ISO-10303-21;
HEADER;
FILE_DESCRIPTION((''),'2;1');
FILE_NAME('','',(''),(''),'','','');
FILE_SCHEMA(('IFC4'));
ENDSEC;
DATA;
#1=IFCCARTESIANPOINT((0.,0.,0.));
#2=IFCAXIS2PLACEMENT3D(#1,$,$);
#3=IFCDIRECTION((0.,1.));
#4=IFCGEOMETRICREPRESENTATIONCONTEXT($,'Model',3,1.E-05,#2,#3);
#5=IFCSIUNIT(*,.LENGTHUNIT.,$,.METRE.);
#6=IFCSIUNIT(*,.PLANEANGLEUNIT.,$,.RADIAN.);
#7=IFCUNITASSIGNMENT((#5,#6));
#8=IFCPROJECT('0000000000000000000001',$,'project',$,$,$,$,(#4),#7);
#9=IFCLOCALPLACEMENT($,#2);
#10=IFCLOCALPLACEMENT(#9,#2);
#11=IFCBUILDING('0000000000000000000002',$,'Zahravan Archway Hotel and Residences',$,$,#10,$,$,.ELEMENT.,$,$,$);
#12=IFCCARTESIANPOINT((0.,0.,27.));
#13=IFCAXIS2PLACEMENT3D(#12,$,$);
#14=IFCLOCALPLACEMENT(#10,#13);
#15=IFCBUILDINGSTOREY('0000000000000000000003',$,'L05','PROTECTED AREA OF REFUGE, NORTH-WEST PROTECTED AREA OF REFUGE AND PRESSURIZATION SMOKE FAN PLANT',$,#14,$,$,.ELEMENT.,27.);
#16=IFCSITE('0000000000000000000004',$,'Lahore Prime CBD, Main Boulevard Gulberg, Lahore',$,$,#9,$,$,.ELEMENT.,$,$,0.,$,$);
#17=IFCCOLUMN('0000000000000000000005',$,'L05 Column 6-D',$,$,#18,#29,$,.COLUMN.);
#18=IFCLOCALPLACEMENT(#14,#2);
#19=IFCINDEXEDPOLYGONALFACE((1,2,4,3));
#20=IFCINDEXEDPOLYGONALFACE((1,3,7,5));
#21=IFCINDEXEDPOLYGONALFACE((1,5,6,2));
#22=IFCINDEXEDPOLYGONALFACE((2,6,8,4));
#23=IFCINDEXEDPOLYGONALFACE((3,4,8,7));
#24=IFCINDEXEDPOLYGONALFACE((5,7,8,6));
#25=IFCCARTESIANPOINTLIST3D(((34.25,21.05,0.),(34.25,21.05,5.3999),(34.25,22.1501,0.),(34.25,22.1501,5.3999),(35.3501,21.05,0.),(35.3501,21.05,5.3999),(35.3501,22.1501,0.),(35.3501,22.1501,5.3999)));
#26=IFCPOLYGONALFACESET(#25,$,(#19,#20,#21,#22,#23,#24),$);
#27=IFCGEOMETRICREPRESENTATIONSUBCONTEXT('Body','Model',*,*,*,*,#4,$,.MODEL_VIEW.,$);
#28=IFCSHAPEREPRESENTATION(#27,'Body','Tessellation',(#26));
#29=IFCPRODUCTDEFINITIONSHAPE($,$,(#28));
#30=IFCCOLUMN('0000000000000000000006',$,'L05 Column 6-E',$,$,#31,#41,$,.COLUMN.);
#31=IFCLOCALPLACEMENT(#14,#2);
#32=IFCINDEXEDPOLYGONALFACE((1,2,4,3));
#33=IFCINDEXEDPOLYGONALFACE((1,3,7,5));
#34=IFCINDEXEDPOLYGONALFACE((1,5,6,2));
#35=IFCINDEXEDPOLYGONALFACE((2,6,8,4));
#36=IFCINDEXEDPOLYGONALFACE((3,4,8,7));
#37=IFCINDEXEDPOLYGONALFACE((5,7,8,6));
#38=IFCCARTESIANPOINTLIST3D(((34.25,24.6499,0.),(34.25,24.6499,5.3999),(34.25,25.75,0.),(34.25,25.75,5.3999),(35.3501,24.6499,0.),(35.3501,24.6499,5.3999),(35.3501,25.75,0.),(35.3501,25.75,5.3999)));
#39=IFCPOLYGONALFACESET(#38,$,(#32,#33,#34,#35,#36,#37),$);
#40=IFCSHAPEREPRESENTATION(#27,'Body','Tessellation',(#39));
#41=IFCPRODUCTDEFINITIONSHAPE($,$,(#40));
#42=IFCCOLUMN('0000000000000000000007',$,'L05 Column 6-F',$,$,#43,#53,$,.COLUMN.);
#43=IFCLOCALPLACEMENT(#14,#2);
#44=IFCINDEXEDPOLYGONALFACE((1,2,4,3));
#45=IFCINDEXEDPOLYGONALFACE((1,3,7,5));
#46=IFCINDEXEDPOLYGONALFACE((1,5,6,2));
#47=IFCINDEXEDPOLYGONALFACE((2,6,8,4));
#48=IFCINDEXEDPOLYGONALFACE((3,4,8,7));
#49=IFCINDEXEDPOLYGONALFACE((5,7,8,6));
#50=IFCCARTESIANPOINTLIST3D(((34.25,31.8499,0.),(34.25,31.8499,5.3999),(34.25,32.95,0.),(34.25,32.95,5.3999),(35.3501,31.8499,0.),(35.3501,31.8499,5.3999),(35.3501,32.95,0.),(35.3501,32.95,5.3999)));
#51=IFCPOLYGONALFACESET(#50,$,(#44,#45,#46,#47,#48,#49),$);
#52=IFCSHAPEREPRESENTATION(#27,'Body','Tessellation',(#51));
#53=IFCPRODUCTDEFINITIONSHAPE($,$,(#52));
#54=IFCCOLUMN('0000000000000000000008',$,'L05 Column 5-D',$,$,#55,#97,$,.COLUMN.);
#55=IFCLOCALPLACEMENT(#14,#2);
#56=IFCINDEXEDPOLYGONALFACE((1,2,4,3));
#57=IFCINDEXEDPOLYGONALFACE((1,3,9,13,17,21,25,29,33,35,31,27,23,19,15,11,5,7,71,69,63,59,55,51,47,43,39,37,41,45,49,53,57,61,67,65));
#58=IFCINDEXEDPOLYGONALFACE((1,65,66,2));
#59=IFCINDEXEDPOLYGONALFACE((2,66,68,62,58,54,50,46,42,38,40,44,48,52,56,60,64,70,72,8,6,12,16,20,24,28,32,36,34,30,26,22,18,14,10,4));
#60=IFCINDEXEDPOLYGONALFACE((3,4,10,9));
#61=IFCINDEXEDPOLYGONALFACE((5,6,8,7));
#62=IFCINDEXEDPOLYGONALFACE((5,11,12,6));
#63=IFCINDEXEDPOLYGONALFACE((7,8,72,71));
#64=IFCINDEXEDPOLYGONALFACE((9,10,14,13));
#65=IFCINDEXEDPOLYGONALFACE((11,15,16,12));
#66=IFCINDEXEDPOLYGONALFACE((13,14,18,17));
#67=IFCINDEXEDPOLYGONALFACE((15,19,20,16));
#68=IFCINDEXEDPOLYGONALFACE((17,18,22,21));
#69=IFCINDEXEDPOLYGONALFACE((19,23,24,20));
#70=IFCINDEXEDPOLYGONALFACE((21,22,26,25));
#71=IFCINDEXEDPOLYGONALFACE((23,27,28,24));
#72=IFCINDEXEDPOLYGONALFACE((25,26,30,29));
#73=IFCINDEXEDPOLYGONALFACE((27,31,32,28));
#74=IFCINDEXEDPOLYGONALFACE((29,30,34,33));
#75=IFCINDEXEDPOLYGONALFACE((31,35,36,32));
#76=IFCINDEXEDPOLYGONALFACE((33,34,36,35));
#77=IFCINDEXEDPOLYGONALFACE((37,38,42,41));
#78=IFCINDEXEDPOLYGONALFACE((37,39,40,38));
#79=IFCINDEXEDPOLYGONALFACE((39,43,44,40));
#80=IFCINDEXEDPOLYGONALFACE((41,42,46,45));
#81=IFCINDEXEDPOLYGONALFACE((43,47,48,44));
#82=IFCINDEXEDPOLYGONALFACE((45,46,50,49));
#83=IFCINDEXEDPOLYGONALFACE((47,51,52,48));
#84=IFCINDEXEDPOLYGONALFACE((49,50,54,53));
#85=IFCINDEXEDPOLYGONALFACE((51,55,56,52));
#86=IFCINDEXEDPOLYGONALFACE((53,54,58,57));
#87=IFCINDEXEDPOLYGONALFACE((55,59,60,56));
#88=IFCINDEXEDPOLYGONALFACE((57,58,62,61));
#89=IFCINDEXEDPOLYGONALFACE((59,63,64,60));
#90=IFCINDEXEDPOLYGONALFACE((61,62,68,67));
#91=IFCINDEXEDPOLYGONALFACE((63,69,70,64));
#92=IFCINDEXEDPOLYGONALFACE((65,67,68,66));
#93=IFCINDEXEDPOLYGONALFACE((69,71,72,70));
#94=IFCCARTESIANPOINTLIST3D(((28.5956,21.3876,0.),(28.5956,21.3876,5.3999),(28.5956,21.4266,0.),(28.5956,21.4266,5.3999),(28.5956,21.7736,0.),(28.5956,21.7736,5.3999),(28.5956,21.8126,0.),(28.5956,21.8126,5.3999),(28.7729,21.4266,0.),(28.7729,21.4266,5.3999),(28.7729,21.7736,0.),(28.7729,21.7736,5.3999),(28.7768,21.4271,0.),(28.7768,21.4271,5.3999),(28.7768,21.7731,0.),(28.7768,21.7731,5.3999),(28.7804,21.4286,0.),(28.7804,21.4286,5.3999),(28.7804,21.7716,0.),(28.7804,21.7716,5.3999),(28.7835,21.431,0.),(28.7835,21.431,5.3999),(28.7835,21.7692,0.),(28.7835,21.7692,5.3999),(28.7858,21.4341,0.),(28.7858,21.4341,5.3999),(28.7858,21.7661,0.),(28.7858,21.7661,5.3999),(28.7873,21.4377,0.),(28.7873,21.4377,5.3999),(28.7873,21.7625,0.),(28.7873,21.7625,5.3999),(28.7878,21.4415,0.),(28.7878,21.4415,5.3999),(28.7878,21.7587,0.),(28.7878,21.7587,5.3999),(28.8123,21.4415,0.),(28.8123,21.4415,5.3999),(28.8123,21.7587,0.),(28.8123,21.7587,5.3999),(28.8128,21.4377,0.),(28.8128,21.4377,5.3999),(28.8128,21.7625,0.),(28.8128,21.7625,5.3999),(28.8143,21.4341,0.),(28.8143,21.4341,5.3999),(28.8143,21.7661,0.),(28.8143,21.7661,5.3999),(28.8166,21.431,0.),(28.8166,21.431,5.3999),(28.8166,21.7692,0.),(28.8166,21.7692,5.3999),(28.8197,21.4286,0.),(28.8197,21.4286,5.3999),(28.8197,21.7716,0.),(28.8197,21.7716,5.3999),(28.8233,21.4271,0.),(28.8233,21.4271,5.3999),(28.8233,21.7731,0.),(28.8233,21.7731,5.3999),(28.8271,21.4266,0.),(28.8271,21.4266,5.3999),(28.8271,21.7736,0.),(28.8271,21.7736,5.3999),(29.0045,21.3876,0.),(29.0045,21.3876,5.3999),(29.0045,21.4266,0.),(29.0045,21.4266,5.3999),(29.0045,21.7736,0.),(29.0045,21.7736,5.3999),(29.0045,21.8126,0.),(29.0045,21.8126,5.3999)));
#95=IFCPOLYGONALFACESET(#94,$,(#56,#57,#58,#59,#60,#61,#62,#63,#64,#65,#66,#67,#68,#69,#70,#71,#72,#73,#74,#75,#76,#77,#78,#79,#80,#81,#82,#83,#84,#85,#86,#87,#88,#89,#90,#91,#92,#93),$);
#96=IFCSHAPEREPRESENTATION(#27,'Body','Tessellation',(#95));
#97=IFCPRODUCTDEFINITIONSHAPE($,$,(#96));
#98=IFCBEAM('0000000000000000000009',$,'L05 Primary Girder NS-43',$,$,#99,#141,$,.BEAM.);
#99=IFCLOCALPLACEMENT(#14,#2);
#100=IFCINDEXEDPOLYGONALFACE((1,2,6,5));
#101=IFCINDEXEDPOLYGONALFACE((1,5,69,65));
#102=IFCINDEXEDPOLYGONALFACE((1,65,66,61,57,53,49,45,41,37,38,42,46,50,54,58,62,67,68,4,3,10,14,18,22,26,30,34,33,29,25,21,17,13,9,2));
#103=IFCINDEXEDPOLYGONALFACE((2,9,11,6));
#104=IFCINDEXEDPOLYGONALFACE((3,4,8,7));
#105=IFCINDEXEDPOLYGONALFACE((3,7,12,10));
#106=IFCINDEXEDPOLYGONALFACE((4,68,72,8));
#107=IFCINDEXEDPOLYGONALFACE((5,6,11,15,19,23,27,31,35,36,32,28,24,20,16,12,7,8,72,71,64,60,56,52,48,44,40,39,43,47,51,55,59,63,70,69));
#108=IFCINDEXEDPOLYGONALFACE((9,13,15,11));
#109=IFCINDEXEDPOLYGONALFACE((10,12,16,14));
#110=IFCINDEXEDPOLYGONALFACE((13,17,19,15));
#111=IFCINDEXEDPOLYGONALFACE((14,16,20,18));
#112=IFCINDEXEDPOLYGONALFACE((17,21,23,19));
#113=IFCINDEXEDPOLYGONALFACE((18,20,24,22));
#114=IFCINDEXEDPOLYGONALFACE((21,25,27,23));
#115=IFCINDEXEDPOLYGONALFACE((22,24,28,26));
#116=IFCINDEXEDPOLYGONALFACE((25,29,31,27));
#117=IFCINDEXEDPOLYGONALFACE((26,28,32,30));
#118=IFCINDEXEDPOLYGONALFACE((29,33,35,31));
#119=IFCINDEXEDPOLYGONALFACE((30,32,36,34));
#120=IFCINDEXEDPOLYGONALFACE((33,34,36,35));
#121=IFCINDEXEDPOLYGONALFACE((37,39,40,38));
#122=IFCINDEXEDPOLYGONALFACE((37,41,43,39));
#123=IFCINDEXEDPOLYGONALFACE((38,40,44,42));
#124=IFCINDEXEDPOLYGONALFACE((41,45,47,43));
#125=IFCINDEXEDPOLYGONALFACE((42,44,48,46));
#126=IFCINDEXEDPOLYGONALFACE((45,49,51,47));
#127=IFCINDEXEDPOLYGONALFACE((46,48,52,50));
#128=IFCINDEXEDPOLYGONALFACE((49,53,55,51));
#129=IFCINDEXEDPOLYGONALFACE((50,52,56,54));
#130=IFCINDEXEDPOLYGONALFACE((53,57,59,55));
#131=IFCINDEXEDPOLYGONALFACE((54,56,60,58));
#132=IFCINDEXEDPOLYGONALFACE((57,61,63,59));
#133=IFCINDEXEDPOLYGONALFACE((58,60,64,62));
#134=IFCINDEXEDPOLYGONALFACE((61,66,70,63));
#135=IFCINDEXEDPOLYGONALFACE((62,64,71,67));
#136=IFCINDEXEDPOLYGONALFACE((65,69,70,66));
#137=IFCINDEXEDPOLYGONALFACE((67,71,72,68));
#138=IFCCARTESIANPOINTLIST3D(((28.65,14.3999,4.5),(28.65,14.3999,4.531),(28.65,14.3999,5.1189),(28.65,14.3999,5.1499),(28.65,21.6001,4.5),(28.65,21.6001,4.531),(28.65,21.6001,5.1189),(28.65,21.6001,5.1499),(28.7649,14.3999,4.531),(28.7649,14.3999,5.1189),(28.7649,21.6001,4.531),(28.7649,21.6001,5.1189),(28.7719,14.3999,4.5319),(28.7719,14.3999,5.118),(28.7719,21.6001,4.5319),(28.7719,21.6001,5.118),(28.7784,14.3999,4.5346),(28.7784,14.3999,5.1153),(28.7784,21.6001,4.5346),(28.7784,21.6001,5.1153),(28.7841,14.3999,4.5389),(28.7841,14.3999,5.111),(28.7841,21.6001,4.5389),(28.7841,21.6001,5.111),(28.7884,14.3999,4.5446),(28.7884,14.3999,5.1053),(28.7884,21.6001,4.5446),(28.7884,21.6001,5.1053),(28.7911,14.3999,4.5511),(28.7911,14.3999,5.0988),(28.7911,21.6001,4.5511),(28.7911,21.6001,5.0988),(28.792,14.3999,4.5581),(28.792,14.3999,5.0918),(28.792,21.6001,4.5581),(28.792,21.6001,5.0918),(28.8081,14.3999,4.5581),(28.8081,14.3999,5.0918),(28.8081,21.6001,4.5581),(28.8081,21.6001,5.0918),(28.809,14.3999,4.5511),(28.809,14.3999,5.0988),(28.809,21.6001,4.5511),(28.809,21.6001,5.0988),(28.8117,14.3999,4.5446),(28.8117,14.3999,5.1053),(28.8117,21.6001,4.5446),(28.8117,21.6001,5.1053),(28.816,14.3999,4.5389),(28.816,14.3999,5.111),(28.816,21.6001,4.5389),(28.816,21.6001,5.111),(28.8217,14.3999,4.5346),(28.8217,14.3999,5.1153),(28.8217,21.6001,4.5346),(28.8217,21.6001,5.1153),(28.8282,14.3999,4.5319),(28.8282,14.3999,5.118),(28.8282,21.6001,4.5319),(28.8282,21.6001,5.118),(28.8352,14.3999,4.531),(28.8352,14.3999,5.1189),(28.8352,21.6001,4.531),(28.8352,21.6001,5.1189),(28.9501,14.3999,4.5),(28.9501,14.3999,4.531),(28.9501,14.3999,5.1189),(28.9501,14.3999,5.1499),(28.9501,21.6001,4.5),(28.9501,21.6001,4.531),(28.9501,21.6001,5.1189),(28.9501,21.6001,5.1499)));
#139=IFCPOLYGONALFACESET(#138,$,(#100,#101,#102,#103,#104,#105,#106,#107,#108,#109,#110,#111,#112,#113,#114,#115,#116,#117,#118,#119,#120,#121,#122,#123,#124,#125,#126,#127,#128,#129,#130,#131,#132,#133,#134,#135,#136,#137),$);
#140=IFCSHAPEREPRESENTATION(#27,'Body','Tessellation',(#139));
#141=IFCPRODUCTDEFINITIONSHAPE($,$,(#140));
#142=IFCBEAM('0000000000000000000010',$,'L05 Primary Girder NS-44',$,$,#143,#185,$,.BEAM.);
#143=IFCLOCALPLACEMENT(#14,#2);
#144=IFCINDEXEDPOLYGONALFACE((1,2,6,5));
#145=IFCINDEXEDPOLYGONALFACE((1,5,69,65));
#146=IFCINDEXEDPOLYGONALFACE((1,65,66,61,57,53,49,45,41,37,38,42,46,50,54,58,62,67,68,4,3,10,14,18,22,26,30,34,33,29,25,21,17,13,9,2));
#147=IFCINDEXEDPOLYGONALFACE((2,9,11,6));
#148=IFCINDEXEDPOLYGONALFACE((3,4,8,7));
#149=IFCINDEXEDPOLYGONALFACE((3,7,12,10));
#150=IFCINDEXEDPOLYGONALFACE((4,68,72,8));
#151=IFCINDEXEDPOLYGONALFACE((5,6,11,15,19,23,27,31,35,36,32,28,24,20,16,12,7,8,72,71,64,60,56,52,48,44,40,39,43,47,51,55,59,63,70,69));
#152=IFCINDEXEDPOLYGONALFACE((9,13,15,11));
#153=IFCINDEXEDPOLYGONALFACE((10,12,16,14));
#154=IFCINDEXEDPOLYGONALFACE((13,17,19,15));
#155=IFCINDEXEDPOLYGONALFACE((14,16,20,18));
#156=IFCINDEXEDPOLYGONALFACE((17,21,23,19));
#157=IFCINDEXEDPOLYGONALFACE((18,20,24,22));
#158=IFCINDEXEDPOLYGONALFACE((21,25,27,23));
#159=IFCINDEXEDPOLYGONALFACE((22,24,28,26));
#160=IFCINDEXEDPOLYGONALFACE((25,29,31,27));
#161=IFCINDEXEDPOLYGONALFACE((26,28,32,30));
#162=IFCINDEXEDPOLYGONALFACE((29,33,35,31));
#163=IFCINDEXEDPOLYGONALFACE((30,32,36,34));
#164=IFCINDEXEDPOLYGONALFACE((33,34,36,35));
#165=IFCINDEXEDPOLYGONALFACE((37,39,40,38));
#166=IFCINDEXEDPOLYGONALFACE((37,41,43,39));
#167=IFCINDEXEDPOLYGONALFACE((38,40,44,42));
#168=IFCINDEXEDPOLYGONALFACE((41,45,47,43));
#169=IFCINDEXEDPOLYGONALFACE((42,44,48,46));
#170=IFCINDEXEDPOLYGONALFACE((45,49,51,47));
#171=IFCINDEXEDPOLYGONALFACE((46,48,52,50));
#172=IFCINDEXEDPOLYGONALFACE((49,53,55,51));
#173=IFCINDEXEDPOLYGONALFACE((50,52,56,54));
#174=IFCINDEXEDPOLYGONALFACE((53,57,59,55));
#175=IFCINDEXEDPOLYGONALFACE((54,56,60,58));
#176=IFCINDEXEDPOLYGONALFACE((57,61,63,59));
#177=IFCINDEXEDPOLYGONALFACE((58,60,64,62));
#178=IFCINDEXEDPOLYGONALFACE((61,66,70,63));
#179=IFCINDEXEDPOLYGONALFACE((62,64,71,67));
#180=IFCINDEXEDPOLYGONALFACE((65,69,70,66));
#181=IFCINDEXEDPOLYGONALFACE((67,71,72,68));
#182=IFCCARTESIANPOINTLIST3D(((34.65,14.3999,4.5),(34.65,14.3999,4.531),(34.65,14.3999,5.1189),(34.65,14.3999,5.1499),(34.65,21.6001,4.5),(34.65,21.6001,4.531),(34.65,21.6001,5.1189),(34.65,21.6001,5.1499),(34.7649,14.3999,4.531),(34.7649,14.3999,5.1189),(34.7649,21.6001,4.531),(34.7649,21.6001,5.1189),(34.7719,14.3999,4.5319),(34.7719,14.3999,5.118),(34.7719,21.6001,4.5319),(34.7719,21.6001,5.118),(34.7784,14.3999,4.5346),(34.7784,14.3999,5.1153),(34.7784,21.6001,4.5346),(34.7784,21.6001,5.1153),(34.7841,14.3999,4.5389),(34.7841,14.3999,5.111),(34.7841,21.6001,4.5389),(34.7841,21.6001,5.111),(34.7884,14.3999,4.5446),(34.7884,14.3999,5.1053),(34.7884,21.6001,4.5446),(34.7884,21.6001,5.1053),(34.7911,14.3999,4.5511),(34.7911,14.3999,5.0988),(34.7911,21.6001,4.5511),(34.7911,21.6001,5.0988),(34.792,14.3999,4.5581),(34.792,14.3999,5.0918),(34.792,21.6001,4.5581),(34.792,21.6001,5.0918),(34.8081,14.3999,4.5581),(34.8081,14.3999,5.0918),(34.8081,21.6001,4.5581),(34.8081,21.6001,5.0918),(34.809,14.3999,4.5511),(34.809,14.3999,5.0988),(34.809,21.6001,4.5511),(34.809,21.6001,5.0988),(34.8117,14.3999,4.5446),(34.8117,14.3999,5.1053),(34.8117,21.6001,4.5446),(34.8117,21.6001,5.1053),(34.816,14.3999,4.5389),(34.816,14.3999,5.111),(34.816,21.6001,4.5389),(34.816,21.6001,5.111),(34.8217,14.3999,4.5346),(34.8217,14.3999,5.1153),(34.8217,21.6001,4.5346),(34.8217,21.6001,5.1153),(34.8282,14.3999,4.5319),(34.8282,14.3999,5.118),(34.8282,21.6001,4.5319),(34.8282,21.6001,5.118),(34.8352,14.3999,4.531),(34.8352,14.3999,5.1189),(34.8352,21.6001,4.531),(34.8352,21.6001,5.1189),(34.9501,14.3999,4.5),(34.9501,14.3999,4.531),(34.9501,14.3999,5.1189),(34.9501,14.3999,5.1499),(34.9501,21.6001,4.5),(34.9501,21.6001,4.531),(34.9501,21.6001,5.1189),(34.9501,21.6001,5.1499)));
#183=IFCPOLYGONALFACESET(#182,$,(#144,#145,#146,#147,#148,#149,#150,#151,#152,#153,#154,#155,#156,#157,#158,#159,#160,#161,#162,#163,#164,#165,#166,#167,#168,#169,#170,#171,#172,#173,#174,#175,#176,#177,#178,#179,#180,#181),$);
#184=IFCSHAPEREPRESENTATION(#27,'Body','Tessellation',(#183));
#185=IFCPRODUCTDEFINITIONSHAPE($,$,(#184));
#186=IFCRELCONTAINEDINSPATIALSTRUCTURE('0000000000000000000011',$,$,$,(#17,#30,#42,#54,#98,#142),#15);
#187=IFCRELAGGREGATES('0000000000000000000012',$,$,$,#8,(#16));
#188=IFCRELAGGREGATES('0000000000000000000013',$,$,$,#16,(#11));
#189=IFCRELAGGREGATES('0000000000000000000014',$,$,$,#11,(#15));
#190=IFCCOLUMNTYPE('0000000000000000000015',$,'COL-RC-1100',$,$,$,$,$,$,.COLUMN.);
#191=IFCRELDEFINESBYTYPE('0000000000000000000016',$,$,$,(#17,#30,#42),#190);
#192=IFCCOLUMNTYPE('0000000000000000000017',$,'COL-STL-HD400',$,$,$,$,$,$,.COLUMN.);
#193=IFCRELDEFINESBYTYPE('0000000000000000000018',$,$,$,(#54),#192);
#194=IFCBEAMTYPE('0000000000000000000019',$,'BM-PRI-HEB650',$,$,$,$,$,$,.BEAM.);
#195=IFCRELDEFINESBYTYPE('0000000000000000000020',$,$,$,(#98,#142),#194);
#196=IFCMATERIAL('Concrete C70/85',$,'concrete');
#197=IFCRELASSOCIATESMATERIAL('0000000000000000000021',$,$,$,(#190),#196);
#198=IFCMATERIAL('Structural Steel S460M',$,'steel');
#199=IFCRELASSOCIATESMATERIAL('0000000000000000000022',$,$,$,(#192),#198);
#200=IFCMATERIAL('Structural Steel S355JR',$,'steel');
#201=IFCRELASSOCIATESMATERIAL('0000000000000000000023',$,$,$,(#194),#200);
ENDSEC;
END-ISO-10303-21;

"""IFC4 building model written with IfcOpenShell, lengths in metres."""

from ifc_helpers import new_model, si_unit, direction, frame, origin, origin_2d, place, context, subcontext, project, spatial, rectangle, i_section, extrude, source, transform, mapped, material, material_profile, profile_set, type_object, type_shapes, element, save


model = new_model("IFC4")

# Units and contexts
model_context = context("Model", 3, precision=1e-05, world=origin(), true_north=direction((0.0, 1.0)))
body_context = subcontext(model_context, "Body", "Model", "MODEL_VIEW")
ifc_project = project(units=[si_unit("LENGTHUNIT", "METRE"), si_unit("PLANEANGLEUNIT", "RADIAN")], contexts=[model_context])

# Site, building, storey
site_placement = place(None, origin())
site = spatial("IfcSite", under=ifc_project, at=site_placement, Name="Lahore Prime CBD, Main Boulevard Gulberg, Lahore", CompositionType="ELEMENT", RefElevation=0.0)
building_placement = place(site_placement, origin())
building = spatial("IfcBuilding", under=site, at=building_placement, Name="Zahravan Archway Hotel and Residences", CompositionType="ELEMENT")
storey_placement = place(building_placement, frame((0.0, 0.0, 27.0)))
storey = spatial("IfcBuildingStorey", under=building, at=storey_placement, Name="L05", Description="PROTECTED AREA OF REFUGE, NORTH-WEST PROTECTED AREA OF REFUGE AND PRESSURIZATION SMOKE FAN PLANT", CompositionType="ELEMENT", Elevation=27.0)

# Columns
ifc_material_1 = material(Name="Concrete C70/85", Category="concrete")
ifc_material_profile_1 = material_profile(ifc_material_1, rectangle(XDim=1.1001, YDim=1.1001, at=origin_2d()), Name="RC 1100x1100", Category="concrete")
ifc_profile_set_1 = profile_set([ifc_material_profile_1], Name="Concrete C70/85")
column_type_1 = type_object("IfcColumnType", Name="COL-RC-1100", PredefinedType="COLUMN", material=ifc_profile_set_1)
shared_shape_1 = source(origin(), body_context, "Body", "SweptSolid", [
    extrude(rectangle(XDim=1.1001, YDim=1.1001, at=origin_2d()), origin(), (0.0, 0.0, 1.0), 5.3999),
])
for number, where, z_axis, x_axis, name in (
    (1, (34.8, 21.6001, 0.0), (0.0, 0.0, 1.0), (1.0, 0.0, 0.0), "L05 Column 6-D"),
    (2, (34.8, 25.2, 0.0), (0.0, 0.0, 1.0), (1.0, 0.0, 0.0), "L05 Column 6-E"),
    (3, (34.8, 32.3999, 0.0), (0.0, 0.0, 1.0), (1.0, 0.0, 0.0), "L05 Column 6-F"),
):
    element("IfcColumn", number, at=place(storey_placement, frame(where, z_axis=z_axis, x_axis=x_axis)), inside=storey, type_object=column_type_1, Name=name, PredefinedType="COLUMN", context=body_context, shape_type="MappedRepresentation", body=[
        mapped(shared_shape_1, transform((0.0, 0.0, 0.0), scale=1.0)),
    ])
ifc_material_2 = material(Name="Structural Steel S460M", Category="steel")
ifc_material_profile_2 = material_profile(ifc_material_2, i_section(OverallWidth=0.4089, OverallDepth=0.425, WebThickness=0.0244, FlangeThickness=0.0391, FilletRadius=0.0149, at=origin_2d()), Name="HD 400x421", Category="steel")
ifc_profile_set_2 = profile_set([ifc_material_profile_2], Name="Structural Steel S460M")
column_type_2 = type_object("IfcColumnType", Name="COL-STL-HD400", PredefinedType="COLUMN", material=ifc_profile_set_2)
shared_shape_2 = source(origin(), body_context, "Body", "SweptSolid", [
    extrude(i_section(OverallWidth=0.4089, OverallDepth=0.425, WebThickness=0.0244, FlangeThickness=0.0391, FilletRadius=0.0149, at=origin_2d()), origin(), (0.0, 0.0, 1.0), 5.3999),
])
type_shapes(column_type_2, [shared_shape_2])
column_placement = place(storey_placement, frame((28.8, 21.6001, 0.0), z_axis=(0.0, 0.0, 1.0), x_axis=(1.0, 0.0, 0.0)))
element("IfcColumn", 4, at=column_placement, inside=storey, type_object=column_type_2, Name="L05 Column 5-D", PredefinedType="COLUMN", context=body_context, shape_type="MappedRepresentation", body=[
    mapped(shared_shape_2, transform((0.0, 0.0, 0.0), scale=1.0)),
])

# Beams
ifc_material_3 = material(Name="Structural Steel S355JR", Category="steel")
ifc_material_profile_3 = material_profile(ifc_material_3, i_section(OverallWidth=0.3, OverallDepth=0.6499, WebThickness=0.0161, FlangeThickness=0.031, FilletRadius=0.0271, at=origin_2d()), Name="HEB 650", Category="steel")
ifc_profile_set_3 = profile_set([ifc_material_profile_3], Name="Structural Steel S355JR")
beam_type_1 = type_object("IfcBeamType", Name="BM-PRI-HEB650", PredefinedType="BEAM", material=ifc_profile_set_3)
shared_shape_3 = source(origin(), body_context, "Body", "SweptSolid", [
    extrude(i_section(OverallWidth=0.3, OverallDepth=0.6499, WebThickness=0.0161, FlangeThickness=0.031, FilletRadius=0.0271, at=origin_2d()), origin(), (0.0, 0.0, 1.0), 7.2002),
])
type_shapes(beam_type_1, [shared_shape_3])
for number, where, z_axis, x_axis, name in (
    (5, (28.8, 14.3999, 4.825), (0.0, 1.0, 0.0), (-1.0, 0.0, 0.0), "L05 Primary Girder NS-43"),
    (6, (34.8, 14.3999, 4.825), (0.0, 1.0, 0.0), (-1.0, 0.0, 0.0), "L05 Primary Girder NS-44"),
):
    element("IfcBeam", number, at=place(storey_placement, frame(where, z_axis=z_axis, x_axis=x_axis)), inside=storey, type_object=beam_type_1, Name=name, PredefinedType="BEAM", context=body_context, shape_type="MappedRepresentation", body=[
        mapped(shared_shape_3, transform((0.0, 0.0, 0.0), scale=1.0)),
    ])

save(model, "model.ifc")
